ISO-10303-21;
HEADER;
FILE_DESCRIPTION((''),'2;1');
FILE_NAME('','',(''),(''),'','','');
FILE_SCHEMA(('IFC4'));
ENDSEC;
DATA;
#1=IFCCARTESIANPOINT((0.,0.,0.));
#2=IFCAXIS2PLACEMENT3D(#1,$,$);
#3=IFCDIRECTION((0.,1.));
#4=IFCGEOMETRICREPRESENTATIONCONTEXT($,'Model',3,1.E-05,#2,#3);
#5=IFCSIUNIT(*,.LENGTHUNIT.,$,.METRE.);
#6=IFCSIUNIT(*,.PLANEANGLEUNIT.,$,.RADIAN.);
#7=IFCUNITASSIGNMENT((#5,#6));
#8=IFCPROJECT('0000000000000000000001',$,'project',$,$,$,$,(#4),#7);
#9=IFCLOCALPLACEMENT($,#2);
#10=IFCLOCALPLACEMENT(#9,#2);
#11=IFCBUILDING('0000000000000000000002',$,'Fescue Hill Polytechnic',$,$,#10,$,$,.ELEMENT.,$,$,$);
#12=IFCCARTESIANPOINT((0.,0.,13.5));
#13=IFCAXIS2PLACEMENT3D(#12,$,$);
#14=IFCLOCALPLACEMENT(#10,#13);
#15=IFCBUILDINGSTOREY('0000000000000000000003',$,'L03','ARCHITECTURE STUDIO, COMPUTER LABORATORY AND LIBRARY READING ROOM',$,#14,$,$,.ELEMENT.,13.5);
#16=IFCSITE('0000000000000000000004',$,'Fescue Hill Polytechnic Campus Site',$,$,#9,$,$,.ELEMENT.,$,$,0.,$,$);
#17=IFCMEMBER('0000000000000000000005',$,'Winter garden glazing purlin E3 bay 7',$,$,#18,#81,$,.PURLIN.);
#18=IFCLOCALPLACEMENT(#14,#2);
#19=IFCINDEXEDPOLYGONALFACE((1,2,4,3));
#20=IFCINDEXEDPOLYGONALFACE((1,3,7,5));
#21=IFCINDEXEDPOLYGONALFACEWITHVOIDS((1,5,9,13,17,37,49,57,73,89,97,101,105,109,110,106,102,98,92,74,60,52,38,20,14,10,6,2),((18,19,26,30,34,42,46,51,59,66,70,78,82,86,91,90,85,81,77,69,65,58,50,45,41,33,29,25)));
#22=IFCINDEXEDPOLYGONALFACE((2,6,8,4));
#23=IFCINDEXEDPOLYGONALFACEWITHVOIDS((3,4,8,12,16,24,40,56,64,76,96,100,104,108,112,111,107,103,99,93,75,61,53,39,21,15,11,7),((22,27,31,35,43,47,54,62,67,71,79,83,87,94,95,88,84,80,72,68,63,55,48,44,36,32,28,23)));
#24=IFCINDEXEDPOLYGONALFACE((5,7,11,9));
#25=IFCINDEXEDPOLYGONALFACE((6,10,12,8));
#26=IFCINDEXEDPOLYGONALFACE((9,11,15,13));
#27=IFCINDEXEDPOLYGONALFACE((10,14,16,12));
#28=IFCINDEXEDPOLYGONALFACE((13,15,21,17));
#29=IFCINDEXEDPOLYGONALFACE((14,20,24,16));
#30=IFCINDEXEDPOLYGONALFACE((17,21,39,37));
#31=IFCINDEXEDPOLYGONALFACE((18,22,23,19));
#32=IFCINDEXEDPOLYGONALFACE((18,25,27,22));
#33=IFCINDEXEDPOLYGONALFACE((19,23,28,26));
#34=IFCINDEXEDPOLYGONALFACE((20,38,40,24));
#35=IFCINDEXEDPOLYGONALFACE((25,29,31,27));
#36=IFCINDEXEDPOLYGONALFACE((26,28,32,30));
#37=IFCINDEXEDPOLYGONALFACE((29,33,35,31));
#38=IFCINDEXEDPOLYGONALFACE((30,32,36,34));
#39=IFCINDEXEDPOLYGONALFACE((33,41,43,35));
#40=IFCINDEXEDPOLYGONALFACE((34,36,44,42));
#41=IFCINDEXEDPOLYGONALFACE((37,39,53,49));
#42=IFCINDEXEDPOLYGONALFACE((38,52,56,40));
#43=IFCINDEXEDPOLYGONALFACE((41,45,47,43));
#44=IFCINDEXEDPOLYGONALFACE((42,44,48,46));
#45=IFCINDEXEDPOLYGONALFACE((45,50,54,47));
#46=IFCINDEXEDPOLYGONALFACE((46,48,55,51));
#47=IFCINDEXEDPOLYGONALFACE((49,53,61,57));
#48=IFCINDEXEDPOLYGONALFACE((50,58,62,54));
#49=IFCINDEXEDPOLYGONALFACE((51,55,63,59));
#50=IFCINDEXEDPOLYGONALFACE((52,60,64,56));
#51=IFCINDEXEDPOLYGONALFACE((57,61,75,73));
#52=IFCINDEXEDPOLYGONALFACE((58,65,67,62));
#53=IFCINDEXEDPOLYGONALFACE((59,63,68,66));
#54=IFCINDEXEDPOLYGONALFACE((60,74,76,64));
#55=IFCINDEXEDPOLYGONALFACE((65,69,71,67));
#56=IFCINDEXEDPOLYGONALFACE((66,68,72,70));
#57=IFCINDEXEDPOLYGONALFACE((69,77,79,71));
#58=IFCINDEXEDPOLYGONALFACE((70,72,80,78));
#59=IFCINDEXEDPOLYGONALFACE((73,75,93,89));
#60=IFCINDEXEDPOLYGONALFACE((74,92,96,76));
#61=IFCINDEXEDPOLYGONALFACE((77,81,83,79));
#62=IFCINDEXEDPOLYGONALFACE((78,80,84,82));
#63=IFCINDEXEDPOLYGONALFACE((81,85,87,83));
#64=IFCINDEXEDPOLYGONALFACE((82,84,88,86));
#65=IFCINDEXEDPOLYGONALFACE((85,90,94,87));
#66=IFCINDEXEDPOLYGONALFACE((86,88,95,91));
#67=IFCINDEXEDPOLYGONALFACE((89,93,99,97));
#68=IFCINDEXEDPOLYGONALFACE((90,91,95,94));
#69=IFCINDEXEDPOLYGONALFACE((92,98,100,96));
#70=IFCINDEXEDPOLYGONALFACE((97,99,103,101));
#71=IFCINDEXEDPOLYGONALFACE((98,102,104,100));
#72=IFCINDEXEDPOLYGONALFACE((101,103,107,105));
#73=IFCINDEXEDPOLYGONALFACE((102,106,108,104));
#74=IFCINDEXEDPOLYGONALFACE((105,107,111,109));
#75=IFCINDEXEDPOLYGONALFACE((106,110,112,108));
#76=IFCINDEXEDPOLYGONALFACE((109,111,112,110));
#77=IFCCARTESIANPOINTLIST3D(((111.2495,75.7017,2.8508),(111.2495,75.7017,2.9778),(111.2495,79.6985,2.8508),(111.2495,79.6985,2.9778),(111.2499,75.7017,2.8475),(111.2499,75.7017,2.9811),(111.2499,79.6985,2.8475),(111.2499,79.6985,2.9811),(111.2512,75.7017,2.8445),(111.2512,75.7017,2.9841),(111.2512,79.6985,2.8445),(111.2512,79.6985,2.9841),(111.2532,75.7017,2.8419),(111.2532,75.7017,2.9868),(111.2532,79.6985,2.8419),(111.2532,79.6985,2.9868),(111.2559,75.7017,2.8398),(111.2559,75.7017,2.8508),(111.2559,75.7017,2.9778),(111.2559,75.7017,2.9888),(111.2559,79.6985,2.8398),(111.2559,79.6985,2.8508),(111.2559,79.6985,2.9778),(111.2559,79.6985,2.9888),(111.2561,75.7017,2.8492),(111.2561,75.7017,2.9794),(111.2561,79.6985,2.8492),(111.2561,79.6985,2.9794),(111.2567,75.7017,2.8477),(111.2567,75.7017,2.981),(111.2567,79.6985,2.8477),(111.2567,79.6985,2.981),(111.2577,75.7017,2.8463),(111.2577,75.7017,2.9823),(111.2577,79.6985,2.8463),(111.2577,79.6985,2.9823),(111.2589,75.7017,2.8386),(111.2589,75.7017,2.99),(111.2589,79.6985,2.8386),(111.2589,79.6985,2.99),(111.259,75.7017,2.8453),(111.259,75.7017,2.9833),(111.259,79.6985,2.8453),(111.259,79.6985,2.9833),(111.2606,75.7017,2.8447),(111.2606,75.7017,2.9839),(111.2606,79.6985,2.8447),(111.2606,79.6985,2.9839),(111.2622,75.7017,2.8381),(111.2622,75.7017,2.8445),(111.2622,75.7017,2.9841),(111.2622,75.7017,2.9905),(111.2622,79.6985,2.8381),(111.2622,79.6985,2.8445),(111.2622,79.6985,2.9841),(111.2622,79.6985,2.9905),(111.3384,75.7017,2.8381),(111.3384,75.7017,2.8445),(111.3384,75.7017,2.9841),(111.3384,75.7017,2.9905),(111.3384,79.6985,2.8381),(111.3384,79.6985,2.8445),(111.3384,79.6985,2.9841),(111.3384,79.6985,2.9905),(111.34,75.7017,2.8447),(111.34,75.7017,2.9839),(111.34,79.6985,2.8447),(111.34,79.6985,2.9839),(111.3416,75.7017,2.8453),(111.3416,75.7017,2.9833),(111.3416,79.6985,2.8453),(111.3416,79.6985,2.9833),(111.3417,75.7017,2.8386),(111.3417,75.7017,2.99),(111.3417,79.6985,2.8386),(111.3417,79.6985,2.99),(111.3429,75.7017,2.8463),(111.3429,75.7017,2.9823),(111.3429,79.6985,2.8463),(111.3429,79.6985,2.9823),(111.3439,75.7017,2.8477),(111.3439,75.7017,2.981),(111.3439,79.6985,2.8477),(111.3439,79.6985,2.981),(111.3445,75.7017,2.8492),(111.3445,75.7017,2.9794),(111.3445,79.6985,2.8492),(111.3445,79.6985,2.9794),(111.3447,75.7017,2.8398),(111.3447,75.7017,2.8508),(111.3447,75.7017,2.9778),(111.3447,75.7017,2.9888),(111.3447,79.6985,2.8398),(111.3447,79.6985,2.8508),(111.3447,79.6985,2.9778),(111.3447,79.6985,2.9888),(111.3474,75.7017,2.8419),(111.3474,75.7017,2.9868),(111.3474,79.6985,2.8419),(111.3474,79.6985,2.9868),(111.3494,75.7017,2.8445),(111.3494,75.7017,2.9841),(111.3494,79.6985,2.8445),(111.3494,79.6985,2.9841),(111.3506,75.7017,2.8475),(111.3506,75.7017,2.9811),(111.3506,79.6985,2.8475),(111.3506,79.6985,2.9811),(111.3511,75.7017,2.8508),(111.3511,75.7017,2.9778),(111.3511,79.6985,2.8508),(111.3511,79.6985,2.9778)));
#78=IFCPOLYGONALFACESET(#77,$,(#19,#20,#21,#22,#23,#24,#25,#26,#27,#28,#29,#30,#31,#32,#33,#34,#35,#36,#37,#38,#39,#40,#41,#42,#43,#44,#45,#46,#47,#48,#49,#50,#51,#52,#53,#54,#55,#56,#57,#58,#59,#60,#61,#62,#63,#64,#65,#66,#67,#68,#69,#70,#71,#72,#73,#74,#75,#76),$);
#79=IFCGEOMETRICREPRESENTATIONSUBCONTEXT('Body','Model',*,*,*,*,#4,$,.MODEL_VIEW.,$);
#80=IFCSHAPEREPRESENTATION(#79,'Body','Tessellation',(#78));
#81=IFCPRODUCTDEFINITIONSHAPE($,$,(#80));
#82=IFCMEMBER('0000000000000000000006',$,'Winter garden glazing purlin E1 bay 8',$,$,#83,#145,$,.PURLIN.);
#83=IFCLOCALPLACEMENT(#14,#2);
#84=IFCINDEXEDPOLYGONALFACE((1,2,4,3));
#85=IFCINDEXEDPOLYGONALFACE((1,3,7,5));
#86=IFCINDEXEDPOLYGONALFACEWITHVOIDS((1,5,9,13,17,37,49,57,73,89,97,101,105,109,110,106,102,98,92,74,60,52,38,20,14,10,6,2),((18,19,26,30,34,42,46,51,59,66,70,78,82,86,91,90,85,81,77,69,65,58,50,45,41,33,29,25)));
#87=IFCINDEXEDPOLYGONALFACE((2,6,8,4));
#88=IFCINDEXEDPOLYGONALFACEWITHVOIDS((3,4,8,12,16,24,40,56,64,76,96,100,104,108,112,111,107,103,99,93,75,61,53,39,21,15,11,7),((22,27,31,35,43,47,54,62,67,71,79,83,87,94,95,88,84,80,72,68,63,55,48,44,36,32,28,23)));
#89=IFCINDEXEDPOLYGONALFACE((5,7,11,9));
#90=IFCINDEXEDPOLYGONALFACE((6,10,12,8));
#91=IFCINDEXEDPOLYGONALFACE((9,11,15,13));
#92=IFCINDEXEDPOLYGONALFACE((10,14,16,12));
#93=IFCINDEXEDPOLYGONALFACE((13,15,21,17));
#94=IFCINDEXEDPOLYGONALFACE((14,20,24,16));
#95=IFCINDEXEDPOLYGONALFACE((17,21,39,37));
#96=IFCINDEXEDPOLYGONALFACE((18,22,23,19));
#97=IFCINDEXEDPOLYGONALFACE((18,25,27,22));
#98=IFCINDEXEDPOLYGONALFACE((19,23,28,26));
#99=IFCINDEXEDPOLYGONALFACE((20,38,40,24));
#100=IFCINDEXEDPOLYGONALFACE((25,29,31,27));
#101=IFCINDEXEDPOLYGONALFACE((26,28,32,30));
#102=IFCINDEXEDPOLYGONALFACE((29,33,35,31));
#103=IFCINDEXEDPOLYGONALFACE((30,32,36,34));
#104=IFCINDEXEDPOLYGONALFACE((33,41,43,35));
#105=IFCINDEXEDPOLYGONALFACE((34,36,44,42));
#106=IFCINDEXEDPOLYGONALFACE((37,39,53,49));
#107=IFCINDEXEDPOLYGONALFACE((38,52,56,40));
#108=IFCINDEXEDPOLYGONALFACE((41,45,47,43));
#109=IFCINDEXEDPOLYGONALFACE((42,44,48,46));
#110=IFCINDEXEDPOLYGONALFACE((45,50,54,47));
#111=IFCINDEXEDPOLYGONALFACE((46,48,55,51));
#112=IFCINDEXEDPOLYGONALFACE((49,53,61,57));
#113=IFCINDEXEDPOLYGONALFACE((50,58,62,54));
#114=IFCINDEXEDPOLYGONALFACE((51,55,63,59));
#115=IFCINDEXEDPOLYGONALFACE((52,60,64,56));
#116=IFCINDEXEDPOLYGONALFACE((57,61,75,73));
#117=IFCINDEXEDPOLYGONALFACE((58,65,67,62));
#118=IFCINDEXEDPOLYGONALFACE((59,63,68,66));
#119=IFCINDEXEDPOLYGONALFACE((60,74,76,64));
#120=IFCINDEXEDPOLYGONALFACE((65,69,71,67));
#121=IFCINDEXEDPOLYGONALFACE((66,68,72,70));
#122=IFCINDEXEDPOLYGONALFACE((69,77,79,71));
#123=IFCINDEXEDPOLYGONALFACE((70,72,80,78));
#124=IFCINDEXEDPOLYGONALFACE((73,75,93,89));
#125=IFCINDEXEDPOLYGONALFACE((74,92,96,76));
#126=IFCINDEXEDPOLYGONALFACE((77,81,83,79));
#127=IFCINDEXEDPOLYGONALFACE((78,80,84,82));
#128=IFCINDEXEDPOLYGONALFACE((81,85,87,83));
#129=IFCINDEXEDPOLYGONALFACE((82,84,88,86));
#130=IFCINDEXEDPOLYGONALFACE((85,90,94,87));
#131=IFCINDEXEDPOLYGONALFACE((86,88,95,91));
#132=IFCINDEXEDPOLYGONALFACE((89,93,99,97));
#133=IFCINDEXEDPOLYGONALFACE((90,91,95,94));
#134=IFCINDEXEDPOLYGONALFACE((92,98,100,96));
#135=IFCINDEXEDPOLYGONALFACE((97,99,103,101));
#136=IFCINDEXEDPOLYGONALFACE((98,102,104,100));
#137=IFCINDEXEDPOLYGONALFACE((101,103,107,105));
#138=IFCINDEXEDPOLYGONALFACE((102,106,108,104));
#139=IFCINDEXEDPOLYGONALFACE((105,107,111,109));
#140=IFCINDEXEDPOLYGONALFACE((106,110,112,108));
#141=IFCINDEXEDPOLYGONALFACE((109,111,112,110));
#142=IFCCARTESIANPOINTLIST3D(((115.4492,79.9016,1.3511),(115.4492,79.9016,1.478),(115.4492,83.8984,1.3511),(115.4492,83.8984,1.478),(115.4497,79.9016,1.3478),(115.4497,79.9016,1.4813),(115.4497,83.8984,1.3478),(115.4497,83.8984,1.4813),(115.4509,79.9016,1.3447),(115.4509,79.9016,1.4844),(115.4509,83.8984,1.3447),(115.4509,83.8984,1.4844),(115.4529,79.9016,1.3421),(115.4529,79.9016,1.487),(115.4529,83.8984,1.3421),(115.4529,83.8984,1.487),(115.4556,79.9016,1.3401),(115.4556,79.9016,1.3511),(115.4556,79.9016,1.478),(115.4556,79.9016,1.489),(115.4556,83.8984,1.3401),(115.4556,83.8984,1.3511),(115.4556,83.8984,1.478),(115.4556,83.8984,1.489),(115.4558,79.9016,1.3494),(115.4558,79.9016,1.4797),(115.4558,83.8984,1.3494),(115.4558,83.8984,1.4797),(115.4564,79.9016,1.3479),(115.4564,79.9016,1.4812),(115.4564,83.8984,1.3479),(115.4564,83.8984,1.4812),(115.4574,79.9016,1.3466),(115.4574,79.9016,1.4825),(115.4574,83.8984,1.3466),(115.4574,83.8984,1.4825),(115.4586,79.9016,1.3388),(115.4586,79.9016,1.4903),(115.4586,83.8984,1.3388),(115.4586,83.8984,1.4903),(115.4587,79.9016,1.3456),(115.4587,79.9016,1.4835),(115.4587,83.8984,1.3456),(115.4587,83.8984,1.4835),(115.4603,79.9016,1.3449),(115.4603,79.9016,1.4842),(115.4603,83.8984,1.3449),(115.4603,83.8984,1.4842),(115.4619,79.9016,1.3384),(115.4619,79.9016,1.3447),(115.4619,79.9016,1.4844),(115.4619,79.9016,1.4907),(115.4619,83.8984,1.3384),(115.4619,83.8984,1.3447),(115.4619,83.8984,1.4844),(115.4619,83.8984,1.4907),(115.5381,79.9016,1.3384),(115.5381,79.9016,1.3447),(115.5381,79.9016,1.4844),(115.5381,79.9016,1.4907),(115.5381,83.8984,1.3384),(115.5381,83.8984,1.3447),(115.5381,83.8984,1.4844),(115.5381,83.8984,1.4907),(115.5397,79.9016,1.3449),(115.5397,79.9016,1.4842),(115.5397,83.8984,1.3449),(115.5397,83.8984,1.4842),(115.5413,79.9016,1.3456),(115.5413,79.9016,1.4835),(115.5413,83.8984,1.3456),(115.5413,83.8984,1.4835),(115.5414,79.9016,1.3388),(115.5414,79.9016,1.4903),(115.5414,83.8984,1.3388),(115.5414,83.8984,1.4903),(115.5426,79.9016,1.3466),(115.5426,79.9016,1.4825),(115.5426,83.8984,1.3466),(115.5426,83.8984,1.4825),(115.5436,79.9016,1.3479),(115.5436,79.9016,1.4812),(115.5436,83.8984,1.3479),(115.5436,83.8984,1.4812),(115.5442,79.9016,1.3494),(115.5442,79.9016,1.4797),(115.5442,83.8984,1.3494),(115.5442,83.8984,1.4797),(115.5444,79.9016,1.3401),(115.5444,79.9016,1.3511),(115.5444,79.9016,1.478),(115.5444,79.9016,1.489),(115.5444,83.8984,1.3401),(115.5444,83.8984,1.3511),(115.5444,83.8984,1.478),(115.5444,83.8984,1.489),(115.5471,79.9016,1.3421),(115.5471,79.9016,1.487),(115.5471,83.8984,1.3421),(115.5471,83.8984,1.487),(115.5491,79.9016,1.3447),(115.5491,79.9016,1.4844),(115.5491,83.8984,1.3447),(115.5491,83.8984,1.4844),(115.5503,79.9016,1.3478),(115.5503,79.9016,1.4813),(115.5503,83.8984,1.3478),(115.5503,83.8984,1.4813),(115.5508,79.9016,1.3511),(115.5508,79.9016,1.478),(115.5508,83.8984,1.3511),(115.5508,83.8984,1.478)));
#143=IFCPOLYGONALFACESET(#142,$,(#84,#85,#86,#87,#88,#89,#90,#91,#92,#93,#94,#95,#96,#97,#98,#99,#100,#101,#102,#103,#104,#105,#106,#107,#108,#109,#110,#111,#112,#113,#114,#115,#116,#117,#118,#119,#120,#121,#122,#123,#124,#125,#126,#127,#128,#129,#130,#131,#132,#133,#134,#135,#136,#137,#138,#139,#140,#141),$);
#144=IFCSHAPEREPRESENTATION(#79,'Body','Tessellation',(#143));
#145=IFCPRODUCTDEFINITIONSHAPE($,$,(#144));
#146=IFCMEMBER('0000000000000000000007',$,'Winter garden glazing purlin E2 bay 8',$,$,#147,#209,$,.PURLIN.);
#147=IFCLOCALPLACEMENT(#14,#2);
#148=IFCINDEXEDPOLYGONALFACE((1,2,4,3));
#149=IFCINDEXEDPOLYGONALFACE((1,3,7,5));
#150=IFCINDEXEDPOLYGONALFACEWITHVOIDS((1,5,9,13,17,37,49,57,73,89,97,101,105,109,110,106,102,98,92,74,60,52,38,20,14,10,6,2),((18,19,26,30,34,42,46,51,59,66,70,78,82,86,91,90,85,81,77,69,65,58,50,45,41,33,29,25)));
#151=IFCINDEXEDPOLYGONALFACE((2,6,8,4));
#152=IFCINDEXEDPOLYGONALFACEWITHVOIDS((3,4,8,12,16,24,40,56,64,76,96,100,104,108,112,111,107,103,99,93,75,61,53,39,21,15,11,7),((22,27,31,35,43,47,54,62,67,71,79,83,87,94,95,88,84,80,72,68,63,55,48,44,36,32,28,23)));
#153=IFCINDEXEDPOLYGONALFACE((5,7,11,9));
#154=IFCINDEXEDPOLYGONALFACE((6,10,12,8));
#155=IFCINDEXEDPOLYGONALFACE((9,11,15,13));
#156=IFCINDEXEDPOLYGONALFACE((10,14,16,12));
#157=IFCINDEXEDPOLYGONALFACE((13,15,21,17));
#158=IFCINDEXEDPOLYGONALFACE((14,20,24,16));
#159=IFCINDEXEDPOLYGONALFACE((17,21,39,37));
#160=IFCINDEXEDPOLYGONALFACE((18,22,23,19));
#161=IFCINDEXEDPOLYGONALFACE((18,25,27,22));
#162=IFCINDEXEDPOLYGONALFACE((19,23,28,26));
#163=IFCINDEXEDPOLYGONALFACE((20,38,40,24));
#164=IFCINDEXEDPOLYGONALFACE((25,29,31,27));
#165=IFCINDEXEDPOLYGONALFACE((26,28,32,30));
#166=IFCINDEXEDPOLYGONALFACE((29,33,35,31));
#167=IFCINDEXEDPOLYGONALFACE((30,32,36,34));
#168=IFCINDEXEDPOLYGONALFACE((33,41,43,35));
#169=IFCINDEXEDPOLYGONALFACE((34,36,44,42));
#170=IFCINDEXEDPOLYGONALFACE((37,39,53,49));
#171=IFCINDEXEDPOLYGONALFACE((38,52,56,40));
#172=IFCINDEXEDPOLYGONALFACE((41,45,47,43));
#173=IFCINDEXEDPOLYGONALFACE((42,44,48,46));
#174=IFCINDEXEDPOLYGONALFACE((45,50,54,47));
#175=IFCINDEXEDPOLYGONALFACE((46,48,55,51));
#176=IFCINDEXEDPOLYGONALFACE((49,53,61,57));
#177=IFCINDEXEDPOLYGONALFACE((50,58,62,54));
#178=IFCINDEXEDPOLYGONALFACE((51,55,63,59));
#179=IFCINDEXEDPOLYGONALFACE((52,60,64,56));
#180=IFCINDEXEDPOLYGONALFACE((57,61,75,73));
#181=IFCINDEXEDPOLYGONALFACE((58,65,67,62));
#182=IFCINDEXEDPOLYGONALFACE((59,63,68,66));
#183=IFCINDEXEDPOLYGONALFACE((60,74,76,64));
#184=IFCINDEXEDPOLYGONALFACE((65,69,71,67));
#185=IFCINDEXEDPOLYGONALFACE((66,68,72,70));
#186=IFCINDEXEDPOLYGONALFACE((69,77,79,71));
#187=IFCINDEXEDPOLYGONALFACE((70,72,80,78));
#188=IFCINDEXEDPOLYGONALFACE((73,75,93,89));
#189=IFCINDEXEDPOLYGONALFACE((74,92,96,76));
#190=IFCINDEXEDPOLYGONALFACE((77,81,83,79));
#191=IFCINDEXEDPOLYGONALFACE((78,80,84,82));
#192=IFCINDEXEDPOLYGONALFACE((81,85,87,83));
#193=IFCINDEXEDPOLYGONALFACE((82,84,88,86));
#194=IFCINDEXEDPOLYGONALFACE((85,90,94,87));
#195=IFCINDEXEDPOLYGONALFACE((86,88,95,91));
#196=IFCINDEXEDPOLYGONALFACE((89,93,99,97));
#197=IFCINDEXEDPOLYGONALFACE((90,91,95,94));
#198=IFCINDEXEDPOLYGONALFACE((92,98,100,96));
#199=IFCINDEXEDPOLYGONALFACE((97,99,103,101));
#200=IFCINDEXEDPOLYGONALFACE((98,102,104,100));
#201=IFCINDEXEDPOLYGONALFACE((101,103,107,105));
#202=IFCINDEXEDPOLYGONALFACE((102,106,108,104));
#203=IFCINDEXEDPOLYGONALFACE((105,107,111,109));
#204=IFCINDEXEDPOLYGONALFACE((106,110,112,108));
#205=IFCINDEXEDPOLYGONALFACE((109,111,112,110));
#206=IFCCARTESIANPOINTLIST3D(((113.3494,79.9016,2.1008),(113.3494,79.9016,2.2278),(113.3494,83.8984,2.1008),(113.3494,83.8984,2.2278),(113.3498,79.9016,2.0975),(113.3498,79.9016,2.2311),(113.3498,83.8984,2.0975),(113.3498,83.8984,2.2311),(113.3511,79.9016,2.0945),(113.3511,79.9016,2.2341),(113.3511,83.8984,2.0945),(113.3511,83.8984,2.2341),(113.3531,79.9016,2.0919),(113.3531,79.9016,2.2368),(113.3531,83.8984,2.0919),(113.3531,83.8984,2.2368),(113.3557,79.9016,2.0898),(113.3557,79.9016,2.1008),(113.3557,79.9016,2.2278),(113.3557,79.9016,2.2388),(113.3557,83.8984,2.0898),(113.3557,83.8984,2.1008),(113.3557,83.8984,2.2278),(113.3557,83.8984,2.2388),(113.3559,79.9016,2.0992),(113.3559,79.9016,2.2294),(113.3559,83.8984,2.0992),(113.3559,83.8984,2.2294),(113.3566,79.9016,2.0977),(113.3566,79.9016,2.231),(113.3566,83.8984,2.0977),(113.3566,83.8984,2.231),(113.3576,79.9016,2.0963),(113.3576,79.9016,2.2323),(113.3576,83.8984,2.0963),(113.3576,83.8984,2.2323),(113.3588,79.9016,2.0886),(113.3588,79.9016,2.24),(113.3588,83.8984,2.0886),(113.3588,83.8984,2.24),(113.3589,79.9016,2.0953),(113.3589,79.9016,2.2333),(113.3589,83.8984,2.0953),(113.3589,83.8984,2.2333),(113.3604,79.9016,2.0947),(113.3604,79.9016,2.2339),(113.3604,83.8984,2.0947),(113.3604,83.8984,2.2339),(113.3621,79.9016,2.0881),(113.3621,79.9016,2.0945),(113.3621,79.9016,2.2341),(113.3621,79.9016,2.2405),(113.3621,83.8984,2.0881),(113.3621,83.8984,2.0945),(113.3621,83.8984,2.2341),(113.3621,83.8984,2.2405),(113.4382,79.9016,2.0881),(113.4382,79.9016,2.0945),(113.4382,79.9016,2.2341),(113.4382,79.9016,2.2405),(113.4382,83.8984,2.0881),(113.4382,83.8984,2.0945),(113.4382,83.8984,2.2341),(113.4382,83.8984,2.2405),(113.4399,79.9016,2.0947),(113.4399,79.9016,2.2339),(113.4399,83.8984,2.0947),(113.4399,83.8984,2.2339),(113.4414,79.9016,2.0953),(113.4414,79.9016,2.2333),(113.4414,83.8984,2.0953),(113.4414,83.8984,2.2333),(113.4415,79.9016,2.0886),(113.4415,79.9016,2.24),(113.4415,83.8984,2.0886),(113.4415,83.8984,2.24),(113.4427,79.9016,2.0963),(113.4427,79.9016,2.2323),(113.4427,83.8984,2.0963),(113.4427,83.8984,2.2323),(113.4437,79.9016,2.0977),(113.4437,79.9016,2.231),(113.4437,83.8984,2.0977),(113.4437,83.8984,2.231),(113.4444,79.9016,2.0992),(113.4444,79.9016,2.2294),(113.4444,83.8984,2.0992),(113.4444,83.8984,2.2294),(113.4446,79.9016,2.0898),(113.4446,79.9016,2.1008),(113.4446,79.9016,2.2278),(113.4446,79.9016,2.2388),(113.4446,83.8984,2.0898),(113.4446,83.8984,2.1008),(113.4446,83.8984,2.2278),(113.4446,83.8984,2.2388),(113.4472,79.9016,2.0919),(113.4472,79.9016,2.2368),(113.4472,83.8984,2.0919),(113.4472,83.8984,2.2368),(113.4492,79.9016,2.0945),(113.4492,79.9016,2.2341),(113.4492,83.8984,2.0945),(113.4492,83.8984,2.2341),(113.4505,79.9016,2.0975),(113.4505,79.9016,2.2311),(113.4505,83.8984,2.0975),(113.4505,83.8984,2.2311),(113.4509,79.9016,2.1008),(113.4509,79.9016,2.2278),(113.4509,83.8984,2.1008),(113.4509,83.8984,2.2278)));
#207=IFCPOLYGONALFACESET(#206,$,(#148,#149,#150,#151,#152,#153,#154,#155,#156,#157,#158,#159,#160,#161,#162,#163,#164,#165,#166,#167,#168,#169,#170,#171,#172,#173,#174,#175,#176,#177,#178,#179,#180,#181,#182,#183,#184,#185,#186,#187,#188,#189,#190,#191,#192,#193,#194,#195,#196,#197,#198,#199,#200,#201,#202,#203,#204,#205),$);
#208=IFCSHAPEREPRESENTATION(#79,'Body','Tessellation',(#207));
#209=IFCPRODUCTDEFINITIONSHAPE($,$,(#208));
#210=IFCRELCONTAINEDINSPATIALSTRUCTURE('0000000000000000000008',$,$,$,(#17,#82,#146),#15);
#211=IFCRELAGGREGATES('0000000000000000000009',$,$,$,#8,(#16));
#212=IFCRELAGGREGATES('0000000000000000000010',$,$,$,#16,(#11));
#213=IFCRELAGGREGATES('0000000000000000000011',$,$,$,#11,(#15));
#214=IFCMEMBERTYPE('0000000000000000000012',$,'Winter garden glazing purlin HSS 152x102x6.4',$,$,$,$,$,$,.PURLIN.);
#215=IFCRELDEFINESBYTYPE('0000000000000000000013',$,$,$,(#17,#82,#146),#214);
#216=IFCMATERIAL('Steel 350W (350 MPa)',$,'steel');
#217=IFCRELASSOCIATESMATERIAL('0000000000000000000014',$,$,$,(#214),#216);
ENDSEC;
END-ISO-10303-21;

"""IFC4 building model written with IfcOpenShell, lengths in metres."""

from ifc_helpers import new_model, si_unit, direction, frame, origin, origin_2d, place, context, subcontext, project, spatial, hollow_rectangle, extrude, material, material_profile, profile_set, type_object, element, save


model = new_model("IFC4")

# Units and contexts
model_context = context("Model", 3, precision=1e-05, world=origin(), true_north=direction((0.0, 1.0)))
body_context = subcontext(model_context, "Body", "Model", "MODEL_VIEW")
ifc_project = project(units=[si_unit("LENGTHUNIT", "METRE"), si_unit("PLANEANGLEUNIT", "RADIAN")], contexts=[model_context])

# Site, building, storey
site_placement = place(None, origin())
site = spatial("IfcSite", under=ifc_project, at=site_placement, Name="Fescue Hill Polytechnic Campus Site", CompositionType="ELEMENT", RefElevation=0.0)
building_placement = place(site_placement, origin())
building = spatial("IfcBuilding", under=site, at=building_placement, Name="Fescue Hill Polytechnic", CompositionType="ELEMENT")
storey_placement = place(building_placement, frame((0.0, 0.0, 13.5)))
storey = spatial("IfcBuildingStorey", under=building, at=storey_placement, Name="L03", Description="ARCHITECTURE STUDIO, COMPUTER LABORATORY AND LIBRARY READING ROOM", CompositionType="ELEMENT", Elevation=13.5)

# Members
ifc_material_1 = material(Name="Steel 350W (350 MPa)", Category="steel")
ifc_material_profile_1 = material_profile(ifc_material_1, hollow_rectangle(XDim=0.1016, YDim=0.1523, WallThickness=0.0063, InnerFilletRadius=0.0063, OuterFilletRadius=0.0127, at=origin_2d()), Name="Winter garden glazing purlin HSS 152x102x6.4")
ifc_profile_set_1 = profile_set([ifc_material_profile_1], Name="Steel 350W (350 MPa)")
member_type_1 = type_object("IfcMemberType", Name="Winter garden glazing purlin HSS 152x102x6.4", PredefinedType="PURLIN", material=ifc_profile_set_1)
for number, where, z_axis, x_axis, name in (
    (1, (111.3003, 75.7017, 2.9143), (0.0, 1.0, 0.0), (-1.0, 0.0, 0.0), "Winter garden glazing purlin E3 bay 7"),
    (2, (115.5, 79.9016, 1.4146), (0.0, 1.0, 0.0), (-1.0, 0.0, 0.0), "Winter garden glazing purlin E1 bay 8"),
    (3, (113.4001, 79.9016, 2.1643), (0.0, 1.0, 0.0), (-1.0, 0.0, 0.0), "Winter garden glazing purlin E2 bay 8"),
):
    element("IfcMember", number, at=place(storey_placement, frame(where, z_axis=z_axis, x_axis=x_axis)), inside=storey, type_object=member_type_1, Name=name, PredefinedType="PURLIN", context=body_context, shape_type="SweptSolid", body=[
        extrude(hollow_rectangle(XDim=0.1016, YDim=0.1523, WallThickness=0.0063, InnerFilletRadius=0.0063, OuterFilletRadius=0.0127, at=origin_2d()), origin(), (0.0, 0.0, 1.0), 3.9968),
    ])

save(model, "model.ifc")
